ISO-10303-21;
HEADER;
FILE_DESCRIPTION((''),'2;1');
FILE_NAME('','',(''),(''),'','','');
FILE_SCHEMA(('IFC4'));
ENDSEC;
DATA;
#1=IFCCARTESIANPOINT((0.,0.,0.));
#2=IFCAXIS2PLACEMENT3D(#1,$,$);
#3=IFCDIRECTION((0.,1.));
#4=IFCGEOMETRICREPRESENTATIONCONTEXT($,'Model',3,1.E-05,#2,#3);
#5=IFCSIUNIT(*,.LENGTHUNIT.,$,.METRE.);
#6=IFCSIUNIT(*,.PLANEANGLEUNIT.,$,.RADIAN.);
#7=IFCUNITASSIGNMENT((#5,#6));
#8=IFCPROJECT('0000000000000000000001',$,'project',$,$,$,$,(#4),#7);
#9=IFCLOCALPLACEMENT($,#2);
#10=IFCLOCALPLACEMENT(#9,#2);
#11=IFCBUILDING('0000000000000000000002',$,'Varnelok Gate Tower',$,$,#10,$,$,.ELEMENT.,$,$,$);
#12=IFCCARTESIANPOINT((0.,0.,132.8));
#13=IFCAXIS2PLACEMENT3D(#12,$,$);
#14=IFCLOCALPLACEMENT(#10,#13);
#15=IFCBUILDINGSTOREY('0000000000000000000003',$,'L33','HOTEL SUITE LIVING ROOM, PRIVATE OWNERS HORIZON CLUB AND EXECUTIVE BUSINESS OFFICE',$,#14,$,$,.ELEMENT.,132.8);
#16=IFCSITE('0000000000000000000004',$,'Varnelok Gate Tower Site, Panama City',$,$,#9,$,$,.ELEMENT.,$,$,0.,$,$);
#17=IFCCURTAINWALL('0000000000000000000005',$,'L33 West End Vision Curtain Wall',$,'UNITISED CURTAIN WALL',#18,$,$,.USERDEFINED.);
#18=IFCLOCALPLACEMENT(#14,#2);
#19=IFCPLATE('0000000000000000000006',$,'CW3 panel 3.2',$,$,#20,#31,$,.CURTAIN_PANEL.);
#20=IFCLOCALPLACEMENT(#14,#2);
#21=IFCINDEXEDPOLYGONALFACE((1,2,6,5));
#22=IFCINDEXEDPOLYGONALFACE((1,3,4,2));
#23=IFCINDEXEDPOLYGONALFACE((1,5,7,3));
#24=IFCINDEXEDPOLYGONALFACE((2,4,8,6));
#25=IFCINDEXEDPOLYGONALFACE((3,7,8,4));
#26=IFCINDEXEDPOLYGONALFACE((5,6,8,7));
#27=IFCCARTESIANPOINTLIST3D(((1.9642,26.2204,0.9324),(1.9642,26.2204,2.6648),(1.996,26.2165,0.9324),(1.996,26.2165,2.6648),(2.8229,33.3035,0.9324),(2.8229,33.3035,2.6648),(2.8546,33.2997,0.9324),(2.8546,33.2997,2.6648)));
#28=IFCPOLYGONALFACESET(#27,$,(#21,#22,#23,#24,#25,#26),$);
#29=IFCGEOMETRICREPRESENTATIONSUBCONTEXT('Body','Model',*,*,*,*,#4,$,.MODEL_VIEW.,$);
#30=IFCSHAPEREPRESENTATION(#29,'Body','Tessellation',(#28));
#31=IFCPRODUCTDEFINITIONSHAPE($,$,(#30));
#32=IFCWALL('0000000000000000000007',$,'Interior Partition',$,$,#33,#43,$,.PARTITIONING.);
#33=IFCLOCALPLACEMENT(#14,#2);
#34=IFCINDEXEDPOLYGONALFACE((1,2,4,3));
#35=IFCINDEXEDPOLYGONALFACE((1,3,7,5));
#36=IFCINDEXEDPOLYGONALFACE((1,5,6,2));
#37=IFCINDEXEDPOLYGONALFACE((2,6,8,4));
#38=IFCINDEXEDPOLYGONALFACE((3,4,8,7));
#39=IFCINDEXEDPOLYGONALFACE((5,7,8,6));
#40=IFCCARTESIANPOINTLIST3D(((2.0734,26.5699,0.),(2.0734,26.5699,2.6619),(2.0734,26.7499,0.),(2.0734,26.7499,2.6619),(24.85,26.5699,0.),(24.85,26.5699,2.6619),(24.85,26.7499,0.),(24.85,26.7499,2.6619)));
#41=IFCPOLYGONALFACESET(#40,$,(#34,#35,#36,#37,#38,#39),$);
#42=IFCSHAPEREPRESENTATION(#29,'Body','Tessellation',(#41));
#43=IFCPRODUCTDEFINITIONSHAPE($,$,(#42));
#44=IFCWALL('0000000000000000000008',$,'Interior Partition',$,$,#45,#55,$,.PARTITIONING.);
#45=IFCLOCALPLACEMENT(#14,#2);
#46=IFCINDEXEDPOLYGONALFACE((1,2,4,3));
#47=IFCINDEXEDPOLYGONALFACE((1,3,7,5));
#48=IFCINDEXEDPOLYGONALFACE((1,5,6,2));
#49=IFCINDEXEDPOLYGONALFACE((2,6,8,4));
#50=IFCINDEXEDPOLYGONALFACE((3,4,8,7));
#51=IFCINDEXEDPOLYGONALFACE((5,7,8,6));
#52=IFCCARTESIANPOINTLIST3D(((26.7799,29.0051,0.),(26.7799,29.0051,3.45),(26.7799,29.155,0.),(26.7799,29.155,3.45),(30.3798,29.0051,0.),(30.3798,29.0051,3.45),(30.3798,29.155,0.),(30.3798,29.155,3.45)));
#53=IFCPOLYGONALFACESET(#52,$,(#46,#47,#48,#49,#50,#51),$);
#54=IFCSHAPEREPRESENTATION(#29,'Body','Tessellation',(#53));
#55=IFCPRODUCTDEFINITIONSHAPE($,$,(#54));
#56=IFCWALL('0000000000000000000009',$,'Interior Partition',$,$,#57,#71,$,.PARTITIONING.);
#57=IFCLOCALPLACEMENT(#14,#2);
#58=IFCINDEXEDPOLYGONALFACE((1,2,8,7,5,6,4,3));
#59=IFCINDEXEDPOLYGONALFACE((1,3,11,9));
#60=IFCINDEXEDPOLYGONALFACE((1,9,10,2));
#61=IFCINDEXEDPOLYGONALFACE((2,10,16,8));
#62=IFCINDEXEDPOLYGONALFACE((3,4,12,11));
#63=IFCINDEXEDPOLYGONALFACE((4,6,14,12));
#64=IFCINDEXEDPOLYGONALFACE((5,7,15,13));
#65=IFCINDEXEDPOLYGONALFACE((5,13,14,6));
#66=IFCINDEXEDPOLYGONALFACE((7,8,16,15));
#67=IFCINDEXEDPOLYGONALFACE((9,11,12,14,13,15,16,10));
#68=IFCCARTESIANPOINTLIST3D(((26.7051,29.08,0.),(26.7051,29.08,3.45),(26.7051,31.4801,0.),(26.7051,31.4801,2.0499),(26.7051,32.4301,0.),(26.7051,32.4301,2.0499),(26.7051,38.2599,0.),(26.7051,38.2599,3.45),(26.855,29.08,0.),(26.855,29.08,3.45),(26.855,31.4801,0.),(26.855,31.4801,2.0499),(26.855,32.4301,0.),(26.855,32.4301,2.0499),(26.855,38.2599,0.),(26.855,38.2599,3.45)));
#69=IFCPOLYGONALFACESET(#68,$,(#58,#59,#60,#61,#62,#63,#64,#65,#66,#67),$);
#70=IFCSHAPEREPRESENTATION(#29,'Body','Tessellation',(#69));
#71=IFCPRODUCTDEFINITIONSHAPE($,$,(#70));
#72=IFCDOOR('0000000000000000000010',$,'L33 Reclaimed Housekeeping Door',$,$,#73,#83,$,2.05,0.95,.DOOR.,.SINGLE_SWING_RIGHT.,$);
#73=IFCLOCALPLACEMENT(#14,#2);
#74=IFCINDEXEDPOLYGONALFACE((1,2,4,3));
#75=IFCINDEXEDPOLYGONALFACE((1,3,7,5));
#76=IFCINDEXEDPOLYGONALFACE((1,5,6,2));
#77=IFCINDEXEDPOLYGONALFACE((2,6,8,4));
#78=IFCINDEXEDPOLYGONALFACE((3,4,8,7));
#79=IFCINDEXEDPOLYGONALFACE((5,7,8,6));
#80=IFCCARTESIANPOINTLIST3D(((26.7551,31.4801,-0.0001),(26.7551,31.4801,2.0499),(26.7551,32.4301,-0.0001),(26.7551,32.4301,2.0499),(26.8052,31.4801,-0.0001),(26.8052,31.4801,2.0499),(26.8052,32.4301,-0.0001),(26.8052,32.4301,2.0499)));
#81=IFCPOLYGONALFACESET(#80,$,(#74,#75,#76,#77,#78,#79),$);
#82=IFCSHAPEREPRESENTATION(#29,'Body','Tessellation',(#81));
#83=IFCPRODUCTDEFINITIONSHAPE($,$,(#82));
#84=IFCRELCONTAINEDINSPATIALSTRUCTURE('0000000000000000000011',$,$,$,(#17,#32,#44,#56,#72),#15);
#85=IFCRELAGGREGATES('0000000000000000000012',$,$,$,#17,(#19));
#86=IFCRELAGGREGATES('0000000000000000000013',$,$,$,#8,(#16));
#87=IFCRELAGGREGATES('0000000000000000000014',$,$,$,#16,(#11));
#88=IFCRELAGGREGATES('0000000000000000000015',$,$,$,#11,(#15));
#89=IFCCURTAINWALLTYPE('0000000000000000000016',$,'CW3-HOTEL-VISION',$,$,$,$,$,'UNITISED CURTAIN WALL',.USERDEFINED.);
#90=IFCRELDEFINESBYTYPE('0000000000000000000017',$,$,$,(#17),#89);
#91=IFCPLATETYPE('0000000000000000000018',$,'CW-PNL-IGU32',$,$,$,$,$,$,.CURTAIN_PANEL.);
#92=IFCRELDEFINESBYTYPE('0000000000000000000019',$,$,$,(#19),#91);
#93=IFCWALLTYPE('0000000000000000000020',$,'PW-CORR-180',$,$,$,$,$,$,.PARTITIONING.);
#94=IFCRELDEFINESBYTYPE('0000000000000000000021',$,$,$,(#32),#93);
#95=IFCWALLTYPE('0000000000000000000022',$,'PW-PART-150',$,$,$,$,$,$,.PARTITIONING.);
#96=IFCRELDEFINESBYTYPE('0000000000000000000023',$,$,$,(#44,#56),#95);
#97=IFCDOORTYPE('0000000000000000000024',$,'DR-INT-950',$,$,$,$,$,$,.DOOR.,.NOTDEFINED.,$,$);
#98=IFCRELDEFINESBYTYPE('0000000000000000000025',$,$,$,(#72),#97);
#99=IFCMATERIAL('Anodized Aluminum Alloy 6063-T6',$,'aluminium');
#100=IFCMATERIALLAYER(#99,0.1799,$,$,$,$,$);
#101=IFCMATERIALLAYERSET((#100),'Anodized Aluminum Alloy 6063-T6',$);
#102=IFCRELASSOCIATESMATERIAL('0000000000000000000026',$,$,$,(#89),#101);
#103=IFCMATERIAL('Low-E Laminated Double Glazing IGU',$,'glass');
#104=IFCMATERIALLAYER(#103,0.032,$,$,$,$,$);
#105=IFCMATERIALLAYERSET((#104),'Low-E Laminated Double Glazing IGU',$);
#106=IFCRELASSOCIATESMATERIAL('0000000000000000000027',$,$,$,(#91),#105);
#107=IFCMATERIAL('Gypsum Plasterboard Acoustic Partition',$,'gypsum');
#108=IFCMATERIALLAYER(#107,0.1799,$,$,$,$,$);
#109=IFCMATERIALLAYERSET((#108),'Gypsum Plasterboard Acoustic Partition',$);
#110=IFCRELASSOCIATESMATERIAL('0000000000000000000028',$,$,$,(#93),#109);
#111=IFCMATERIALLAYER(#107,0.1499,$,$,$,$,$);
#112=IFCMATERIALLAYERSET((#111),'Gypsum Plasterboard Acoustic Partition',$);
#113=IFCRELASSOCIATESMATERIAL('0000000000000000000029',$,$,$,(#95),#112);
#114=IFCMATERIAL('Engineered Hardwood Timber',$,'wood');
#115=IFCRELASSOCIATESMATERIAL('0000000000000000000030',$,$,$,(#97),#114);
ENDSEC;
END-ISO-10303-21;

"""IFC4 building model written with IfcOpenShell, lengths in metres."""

from ifc_helpers import new_model, si_unit, direction, frame, frame_2d, origin, origin_2d, place, context, subcontext, project, spatial, rectangle, extrude, source, transform, mapped, material, layer, layer_set, type_object, element, fill, aggregate, save


model = new_model("IFC4")

# Units and contexts
model_context = context("Model", 3, precision=1e-05, world=origin(), true_north=direction((0.0, 1.0)))
body_context = subcontext(model_context, "Body", "Model", "MODEL_VIEW")
ifc_project = project(units=[si_unit("LENGTHUNIT", "METRE"), si_unit("PLANEANGLEUNIT", "RADIAN")], contexts=[model_context])

# Site, building, storey
site_placement = place(None, origin())
site = spatial("IfcSite", under=ifc_project, at=site_placement, Name="Varnelok Gate Tower Site, Panama City", CompositionType="ELEMENT", RefElevation=0.0)
building_placement = place(site_placement, origin())
building = spatial("IfcBuilding", under=site, at=building_placement, Name="Varnelok Gate Tower", CompositionType="ELEMENT")
storey_placement = place(building_placement, frame((0.0, 0.0, 132.8)))
storey = spatial("IfcBuildingStorey", under=building, at=storey_placement, Name="L33", Description="HOTEL SUITE LIVING ROOM, PRIVATE OWNERS HORIZON CLUB AND EXECUTIVE BUSINESS OFFICE", CompositionType="ELEMENT", Elevation=132.8)

# Curtain wall, plate
ifc_material_1 = material(Name="Anodized Aluminum Alloy 6063-T6", Category="aluminium")
ifc_layer_1 = layer(ifc_material_1, 0.1799)
ifc_layer_set_1 = layer_set([ifc_layer_1], Name="Anodized Aluminum Alloy 6063-T6")
curtain_wall_type = type_object("IfcCurtainWallType", Name="CW3-HOTEL-VISION", ElementType="UNITISED CURTAIN WALL", PredefinedType="USERDEFINED", material=ifc_layer_set_1)
curtain_wall_placement = place(storey_placement, origin())
curtain_wall = element("IfcCurtainWall", 1, at=curtain_wall_placement, inside=storey, type_object=curtain_wall_type, Name="L33 West End Vision Curtain Wall", ObjectType="UNITISED CURTAIN WALL", PredefinedType="USERDEFINED")
ifc_material_2 = material(Name="Low-E Laminated Double Glazing IGU", Category="glass")
ifc_layer_2 = layer(ifc_material_2, 0.032)
ifc_layer_set_2 = layer_set([ifc_layer_2], Name="Low-E Laminated Double Glazing IGU")
plate_type = type_object("IfcPlateType", Name="CW-PNL-IGU32", PredefinedType="CURTAIN_PANEL", material=ifc_layer_set_2)
shared_shape_1 = source(origin(), body_context, "Body", "SweptSolid", [
    extrude(rectangle(XDim=7.135, YDim=0.032, at=origin_2d()), origin(), (0.0, 0.0, 1.0), 1.7324),
])
plate_1_placement = place(storey_placement, frame((2.4094, 29.76, 0.9324), z_axis=(0.0, 0.0, 1.0), x_axis=(0.120347, 0.992732, 0.0)))
plate_1 = element("IfcPlate", 2, at=plate_1_placement, type_object=plate_type, Name="CW3 panel 3.2", PredefinedType="CURTAIN_PANEL", context=body_context, shape_type="MappedRepresentation", body=[
    mapped(shared_shape_1, transform((0.0, 0.0, 0.0), scale=1.0)),
])
aggregate(curtain_wall, [plate_1])

# Walls
ifc_material_3 = material(Name="Gypsum Plasterboard Acoustic Partition", Category="gypsum")
ifc_layer_3 = layer(ifc_material_3, 0.1799)
ifc_layer_set_3 = layer_set([ifc_layer_3], Name="Gypsum Plasterboard Acoustic Partition")
wall_type_1 = type_object("IfcWallType", Name="PW-CORR-180", PredefinedType="PARTITIONING", material=ifc_layer_set_3)
wall_1_placement = place(storey_placement, frame((2.0735, 26.6599, 0.0), z_axis=(0.0, 0.0, 1.0), x_axis=(1.0, 0.0, 0.0)))
element("IfcWall", 3, at=wall_1_placement, inside=storey, type_object=wall_type_1, Name="Interior Partition", PredefinedType="PARTITIONING", context=body_context, shape_type="SweptSolid", body=[
    extrude(rectangle(XDim=22.7766, YDim=0.1799, at=frame_2d((11.3882, 0.0))), origin(), (0.0, 0.0, 1.0), 2.6619),
])
ifc_layer_4 = layer(ifc_material_3, 0.1499)
ifc_layer_set_4 = layer_set([ifc_layer_4], Name="Gypsum Plasterboard Acoustic Partition")
wall_type_2 = type_object("IfcWallType", Name="PW-PART-150", PredefinedType="PARTITIONING", material=ifc_layer_set_4)
wall_2_placement = place(storey_placement, frame((26.78, 29.0801, 0.0), z_axis=(0.0, 0.0, 1.0), x_axis=(1.0, 0.0, 0.0)))
element("IfcWall", 4, at=wall_2_placement, inside=storey, type_object=wall_type_2, Name="Interior Partition", PredefinedType="PARTITIONING", context=body_context, shape_type="SweptSolid", body=[
    extrude(rectangle(XDim=3.5999, YDim=0.1499, at=frame_2d((1.7998, 0.0))), origin(), (0.0, 0.0, 1.0), 3.45),
])

# Wall, opening, door
wall_3_placement = place(storey_placement, frame((26.78, 29.0801, 0.0), z_axis=(0.0, 0.0, 1.0), x_axis=(0.0, 1.0, 0.0)))
wall_3 = element("IfcWall", 5, at=wall_3_placement, inside=storey, type_object=wall_type_2, Name="Interior Partition", PredefinedType="PARTITIONING", context=body_context, shape_type="SweptSolid", body=[
    extrude(rectangle(XDim=9.1799, YDim=0.1499, at=frame_2d((4.5898, 0.0))), origin(), (0.0, 0.0, 1.0), 3.45),
])
opening_placement = place(wall_3_placement, frame((2.3999, 0.0, 0.0)))
opening = element("IfcOpeningElement", 6, at=opening_placement, cuts=wall_3, PredefinedType="OPENING", context=body_context, shape_type="SweptSolid", body=[
    extrude(rectangle(XDim=0.95, YDim=2.05, at=frame_2d((0.4751, 1.0249))), frame((0.0, 0.085, 0.0), z_axis=(0.0, -1.0, 0.0), x_axis=(1.0, 0.0, 0.0)), (0.0, 0.0, 1.0), 0.1699),
])
ifc_material_4 = material(Name="Engineered Hardwood Timber", Category="wood")
door_type = type_object("IfcDoorType", Name="DR-INT-950", OperationType="NOTDEFINED", PredefinedType="DOOR", material=ifc_material_4)
door_placement = place(opening_placement, origin())
door = element("IfcDoor", 7, at=door_placement, inside=storey, type_object=door_type, Name="L33 Reclaimed Housekeeping Door", OperationType="SINGLE_SWING_RIGHT", OverallHeight=2.05, OverallWidth=0.95, PredefinedType="DOOR", context=body_context, shape_type="SweptSolid", body=[
    extrude(rectangle(XDim=0.95, YDim=2.05, at=frame_2d((0.4751, 1.0249))), frame((0.0, 0.0249, 0.0), z_axis=(0.0, -1.0, 0.0), x_axis=(1.0, 0.0, 0.0)), (0.0, 0.0, 1.0), 0.05),
])
fill(opening, door)

save(model, "model.ifc")
